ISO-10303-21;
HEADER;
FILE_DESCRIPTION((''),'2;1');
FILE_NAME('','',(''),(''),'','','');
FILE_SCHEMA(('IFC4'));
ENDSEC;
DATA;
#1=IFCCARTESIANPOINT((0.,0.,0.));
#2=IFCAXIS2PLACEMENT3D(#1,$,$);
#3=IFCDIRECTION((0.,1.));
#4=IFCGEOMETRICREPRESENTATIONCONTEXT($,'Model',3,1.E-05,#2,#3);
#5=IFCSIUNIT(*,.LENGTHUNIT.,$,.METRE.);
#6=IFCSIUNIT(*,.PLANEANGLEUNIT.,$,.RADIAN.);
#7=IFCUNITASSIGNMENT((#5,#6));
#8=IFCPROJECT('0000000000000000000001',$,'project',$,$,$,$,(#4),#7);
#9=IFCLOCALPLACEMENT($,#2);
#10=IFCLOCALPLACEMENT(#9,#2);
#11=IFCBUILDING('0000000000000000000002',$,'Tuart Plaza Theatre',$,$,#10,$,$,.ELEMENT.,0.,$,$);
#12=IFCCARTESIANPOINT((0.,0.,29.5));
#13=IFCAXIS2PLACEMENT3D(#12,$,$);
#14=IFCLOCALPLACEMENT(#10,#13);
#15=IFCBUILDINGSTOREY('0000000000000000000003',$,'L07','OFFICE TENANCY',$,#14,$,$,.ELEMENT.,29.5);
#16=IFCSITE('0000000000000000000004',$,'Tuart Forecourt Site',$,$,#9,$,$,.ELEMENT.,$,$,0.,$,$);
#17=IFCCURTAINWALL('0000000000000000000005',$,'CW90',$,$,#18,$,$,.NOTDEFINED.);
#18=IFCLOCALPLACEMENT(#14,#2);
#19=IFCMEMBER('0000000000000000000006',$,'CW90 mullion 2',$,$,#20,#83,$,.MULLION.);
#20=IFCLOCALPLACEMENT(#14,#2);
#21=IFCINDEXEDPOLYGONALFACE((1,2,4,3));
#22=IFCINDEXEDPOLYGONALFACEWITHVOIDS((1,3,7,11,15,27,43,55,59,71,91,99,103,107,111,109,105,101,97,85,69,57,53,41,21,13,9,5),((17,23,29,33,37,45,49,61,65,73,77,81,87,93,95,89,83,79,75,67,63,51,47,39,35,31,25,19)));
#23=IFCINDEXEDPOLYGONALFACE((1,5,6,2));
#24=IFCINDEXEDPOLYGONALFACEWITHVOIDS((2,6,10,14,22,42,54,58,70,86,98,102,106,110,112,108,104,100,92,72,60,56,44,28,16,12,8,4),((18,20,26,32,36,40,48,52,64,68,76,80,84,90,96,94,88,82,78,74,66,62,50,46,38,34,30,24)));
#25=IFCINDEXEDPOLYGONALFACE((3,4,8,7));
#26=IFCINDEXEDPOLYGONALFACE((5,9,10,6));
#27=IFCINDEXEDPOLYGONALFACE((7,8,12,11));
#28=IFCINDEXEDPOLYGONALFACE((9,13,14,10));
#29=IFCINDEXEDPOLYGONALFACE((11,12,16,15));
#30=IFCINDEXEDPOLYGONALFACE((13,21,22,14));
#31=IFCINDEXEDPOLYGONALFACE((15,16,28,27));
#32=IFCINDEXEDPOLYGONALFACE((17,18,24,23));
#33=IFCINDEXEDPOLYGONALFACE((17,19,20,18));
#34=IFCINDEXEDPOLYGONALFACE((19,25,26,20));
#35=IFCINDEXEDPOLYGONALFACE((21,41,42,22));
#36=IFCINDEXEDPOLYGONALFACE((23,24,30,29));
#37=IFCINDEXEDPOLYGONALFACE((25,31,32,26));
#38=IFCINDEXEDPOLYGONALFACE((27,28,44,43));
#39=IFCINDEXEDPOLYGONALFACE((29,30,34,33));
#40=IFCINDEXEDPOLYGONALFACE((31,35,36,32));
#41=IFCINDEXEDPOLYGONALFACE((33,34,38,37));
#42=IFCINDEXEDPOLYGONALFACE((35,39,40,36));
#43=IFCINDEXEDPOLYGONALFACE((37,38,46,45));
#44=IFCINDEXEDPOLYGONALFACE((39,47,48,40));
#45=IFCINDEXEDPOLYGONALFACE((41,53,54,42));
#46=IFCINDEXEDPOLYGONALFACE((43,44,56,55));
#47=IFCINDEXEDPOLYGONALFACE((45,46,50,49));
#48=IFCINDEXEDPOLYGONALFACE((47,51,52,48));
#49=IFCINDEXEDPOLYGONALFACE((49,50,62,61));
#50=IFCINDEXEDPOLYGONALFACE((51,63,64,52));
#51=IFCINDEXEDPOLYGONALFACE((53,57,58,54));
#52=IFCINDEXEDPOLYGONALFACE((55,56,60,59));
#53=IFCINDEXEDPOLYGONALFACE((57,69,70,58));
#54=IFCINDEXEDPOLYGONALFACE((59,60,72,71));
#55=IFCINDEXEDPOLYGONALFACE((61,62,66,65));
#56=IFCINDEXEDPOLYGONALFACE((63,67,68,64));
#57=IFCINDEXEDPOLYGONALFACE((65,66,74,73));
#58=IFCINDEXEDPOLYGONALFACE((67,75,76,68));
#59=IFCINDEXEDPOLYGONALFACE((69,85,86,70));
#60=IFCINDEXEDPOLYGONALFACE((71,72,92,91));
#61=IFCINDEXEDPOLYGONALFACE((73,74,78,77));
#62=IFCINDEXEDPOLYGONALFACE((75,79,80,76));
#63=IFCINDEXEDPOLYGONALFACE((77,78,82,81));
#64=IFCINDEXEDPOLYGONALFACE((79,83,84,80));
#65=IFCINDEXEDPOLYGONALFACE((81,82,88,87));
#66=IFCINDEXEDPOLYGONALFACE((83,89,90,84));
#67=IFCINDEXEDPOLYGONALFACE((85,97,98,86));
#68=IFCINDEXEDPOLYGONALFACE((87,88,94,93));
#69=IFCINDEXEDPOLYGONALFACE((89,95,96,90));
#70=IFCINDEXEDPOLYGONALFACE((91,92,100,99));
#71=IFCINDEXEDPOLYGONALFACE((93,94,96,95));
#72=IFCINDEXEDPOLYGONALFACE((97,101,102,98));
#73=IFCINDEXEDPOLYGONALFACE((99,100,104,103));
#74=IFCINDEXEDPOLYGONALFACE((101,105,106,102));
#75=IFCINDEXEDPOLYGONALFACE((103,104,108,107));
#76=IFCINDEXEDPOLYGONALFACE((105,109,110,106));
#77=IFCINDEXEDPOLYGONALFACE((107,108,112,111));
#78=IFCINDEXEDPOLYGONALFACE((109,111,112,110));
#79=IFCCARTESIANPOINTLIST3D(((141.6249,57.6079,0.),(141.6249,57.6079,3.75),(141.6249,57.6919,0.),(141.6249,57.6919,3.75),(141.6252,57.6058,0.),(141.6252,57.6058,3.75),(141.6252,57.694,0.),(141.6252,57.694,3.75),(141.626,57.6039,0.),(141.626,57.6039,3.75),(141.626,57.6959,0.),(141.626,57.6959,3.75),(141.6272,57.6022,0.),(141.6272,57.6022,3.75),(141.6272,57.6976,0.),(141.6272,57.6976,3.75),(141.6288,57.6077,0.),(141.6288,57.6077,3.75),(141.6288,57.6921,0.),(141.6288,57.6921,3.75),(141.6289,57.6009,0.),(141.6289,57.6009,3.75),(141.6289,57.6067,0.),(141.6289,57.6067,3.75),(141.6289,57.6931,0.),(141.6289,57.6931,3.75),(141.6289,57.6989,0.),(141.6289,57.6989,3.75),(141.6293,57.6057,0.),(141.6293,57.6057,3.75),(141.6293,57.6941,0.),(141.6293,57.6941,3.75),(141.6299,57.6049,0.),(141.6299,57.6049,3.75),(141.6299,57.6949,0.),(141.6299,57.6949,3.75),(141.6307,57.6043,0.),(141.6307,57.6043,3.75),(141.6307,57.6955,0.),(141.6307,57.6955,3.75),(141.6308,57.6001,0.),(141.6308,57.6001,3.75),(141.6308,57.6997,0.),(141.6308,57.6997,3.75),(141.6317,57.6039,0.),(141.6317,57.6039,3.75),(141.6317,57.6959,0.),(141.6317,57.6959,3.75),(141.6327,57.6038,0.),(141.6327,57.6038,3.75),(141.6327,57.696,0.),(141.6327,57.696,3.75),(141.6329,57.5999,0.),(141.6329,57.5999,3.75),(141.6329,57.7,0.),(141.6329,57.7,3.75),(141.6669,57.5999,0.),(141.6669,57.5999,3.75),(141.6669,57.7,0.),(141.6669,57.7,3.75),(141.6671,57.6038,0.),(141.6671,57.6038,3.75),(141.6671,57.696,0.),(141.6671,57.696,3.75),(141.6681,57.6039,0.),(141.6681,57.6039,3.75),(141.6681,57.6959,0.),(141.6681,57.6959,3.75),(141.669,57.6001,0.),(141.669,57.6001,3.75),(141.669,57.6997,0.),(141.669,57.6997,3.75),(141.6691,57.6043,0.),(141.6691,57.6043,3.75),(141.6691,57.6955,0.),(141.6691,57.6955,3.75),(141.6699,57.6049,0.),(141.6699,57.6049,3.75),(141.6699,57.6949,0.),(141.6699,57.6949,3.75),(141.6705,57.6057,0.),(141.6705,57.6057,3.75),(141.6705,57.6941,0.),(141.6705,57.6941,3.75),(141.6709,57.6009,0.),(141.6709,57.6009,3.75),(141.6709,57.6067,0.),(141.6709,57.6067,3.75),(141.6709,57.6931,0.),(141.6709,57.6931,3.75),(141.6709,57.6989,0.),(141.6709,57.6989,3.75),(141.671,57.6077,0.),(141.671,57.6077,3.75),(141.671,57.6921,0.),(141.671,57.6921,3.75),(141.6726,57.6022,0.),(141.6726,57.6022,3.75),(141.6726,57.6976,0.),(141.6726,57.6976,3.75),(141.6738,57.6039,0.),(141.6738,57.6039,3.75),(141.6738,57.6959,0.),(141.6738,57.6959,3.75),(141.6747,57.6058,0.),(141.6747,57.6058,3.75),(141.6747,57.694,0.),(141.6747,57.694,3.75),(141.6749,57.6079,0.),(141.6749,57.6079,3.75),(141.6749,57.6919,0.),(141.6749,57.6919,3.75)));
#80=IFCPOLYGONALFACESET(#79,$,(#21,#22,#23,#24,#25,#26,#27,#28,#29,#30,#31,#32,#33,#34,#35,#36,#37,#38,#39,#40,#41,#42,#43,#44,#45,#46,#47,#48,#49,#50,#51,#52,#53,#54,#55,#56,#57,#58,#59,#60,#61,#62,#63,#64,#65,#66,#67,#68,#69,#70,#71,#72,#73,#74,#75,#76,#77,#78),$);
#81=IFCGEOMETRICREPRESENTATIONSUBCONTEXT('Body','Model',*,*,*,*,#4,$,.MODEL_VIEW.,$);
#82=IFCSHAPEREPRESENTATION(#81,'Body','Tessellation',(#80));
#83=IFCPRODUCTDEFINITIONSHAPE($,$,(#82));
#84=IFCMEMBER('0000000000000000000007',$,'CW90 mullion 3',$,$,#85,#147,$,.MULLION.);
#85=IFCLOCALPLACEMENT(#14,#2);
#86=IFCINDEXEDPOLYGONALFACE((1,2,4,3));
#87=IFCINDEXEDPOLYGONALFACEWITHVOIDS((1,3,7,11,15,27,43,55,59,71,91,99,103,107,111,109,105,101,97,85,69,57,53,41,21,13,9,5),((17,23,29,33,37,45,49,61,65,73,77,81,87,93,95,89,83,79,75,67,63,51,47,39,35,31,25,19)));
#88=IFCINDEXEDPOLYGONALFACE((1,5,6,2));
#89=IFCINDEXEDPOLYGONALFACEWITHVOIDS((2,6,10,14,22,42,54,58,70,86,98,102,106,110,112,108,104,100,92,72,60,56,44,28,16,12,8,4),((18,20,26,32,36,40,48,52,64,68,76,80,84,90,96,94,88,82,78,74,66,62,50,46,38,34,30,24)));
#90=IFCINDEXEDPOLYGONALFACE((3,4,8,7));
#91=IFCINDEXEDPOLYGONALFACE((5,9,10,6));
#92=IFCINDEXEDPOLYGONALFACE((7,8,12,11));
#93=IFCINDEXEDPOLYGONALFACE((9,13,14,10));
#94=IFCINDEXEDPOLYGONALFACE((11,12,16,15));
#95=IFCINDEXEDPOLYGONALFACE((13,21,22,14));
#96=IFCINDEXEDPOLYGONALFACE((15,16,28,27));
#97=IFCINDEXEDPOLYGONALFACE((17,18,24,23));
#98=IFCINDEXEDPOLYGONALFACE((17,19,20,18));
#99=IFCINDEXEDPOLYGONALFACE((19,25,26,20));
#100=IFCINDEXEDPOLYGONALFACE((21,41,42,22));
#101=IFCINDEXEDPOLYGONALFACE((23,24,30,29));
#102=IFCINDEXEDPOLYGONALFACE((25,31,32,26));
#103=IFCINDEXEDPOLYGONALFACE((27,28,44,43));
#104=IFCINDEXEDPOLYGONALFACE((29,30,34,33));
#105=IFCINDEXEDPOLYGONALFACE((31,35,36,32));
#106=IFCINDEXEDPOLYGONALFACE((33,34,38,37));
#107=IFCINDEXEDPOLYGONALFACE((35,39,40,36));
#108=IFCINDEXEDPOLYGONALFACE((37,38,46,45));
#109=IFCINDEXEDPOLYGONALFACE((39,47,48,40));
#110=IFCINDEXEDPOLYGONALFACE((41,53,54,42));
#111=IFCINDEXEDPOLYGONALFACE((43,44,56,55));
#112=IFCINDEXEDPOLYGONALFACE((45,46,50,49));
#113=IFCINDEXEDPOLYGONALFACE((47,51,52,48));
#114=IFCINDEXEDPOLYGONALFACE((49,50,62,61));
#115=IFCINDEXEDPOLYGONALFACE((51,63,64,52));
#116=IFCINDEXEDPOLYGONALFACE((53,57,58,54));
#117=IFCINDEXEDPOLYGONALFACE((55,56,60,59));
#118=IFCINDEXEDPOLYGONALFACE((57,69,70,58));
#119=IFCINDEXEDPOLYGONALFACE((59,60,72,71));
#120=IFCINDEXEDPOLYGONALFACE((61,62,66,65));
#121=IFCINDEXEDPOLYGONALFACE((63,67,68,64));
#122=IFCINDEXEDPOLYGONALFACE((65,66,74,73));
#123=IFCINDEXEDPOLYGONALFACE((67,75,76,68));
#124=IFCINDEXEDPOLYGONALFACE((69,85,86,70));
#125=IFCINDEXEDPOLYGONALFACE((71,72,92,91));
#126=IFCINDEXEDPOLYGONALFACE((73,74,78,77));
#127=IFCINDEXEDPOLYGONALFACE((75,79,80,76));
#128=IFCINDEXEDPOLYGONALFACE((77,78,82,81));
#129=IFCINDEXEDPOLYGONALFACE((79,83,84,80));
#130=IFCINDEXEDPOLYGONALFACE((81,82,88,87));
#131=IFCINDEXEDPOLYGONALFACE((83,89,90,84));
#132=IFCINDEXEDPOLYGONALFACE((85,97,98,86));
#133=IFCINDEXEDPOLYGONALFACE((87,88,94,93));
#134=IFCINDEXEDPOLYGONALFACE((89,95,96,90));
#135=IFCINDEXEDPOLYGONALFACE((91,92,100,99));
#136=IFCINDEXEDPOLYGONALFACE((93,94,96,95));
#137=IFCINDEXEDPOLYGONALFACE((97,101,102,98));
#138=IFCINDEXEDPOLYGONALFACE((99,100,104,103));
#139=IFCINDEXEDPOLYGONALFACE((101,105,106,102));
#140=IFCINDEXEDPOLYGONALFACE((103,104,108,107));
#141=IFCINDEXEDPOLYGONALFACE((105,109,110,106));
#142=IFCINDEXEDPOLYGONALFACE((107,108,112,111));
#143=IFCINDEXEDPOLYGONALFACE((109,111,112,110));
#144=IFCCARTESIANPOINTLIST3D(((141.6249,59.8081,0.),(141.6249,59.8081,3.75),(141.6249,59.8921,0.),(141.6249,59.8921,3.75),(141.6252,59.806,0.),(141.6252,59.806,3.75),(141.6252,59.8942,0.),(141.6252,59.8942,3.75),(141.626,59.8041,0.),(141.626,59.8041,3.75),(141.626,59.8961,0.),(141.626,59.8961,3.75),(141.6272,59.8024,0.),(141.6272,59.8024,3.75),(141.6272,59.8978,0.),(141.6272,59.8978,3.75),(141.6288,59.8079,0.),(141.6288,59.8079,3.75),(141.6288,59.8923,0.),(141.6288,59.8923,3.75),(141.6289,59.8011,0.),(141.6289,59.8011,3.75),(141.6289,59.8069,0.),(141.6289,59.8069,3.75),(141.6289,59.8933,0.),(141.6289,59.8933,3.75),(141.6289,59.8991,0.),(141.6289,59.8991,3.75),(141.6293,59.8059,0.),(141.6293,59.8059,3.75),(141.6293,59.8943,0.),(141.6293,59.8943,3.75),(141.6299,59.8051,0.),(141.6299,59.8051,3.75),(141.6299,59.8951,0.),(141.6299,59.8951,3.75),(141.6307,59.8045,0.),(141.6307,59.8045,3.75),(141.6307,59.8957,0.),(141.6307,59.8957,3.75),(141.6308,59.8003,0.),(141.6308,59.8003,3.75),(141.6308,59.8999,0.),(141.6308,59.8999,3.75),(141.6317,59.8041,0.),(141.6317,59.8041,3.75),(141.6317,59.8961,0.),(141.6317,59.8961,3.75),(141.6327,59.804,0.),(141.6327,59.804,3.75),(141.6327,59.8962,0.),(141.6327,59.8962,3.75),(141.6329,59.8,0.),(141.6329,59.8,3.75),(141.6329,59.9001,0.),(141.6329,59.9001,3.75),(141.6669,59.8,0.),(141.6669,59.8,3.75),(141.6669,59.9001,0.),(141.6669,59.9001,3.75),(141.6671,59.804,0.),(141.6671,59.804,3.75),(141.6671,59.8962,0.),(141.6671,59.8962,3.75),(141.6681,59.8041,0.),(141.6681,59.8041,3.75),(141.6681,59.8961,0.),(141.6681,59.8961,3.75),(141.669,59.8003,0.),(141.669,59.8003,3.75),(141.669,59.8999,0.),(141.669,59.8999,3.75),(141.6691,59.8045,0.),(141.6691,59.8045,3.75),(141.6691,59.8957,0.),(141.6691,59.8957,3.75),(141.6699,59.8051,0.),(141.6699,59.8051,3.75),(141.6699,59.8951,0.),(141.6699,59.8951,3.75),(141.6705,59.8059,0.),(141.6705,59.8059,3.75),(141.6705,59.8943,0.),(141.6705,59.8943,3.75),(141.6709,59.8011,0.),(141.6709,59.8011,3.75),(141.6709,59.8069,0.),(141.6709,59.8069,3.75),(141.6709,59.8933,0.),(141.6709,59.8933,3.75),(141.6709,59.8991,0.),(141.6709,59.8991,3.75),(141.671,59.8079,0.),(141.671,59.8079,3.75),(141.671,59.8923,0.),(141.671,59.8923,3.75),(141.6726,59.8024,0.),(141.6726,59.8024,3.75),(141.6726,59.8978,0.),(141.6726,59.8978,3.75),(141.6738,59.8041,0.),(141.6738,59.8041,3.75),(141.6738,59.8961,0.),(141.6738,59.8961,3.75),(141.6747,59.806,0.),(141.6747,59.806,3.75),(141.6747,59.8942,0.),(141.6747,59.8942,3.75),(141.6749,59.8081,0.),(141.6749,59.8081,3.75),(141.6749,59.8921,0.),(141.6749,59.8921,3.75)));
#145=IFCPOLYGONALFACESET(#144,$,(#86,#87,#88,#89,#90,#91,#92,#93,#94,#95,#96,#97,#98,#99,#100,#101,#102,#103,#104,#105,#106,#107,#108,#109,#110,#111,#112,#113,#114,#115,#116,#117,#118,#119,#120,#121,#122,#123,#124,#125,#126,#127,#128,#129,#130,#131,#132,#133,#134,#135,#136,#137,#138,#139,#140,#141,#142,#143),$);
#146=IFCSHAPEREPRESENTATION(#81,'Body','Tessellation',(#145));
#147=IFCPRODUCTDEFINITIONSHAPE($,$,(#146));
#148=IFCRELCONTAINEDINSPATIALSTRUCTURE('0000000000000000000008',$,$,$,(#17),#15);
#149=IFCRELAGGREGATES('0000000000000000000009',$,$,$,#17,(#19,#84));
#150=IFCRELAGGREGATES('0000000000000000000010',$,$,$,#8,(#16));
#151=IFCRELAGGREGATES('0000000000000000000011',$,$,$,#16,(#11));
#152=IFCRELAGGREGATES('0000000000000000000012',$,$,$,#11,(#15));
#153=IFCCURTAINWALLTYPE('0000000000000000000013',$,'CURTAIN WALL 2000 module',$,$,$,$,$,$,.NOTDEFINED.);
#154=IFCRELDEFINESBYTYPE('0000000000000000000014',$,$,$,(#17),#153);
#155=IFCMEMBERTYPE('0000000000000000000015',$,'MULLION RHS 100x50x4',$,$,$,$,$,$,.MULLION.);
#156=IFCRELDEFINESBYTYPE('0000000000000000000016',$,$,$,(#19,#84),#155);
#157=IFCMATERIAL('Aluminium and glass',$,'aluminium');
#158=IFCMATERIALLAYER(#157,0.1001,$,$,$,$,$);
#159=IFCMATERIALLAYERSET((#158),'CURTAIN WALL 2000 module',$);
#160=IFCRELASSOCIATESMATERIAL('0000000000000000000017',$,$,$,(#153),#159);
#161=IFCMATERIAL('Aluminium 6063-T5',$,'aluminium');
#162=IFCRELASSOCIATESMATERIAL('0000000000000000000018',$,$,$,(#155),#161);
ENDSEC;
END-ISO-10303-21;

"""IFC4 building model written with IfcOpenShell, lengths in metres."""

from ifc_helpers import new_model, si_unit, direction, frame, origin, origin_2d, place, context, subcontext, project, spatial, hollow_rectangle, extrude, material, layer, layer_set, material_profile, profile_set, type_object, element, aggregate, save


model = new_model("IFC4")

# Units and contexts
model_context = context("Model", 3, precision=1e-05, world=origin(), true_north=direction((0.0, 1.0)))
body_context = subcontext(model_context, "Body", "Model", "MODEL_VIEW")
ifc_project = project(units=[si_unit("LENGTHUNIT", "METRE"), si_unit("PLANEANGLEUNIT", "RADIAN")], contexts=[model_context])

# Site, building, storey
site_placement = place(None, origin())
site = spatial("IfcSite", under=ifc_project, at=site_placement, Name="Tuart Forecourt Site", CompositionType="ELEMENT", RefElevation=0.0)
building_placement = place(site_placement, origin())
building = spatial("IfcBuilding", under=site, at=building_placement, Name="Tuart Plaza Theatre", CompositionType="ELEMENT", ElevationOfRefHeight=0.0)
storey_placement = place(building_placement, frame((0.0, 0.0, 29.5)))
storey = spatial("IfcBuildingStorey", under=building, at=storey_placement, Name="L07", Description="OFFICE TENANCY", CompositionType="ELEMENT", Elevation=29.5)

# Shared definitions
ifc_material_1 = material(Name="Aluminium and glass", Category="aluminium")
ifc_layer_1 = layer(ifc_material_1, 0.1001)
ifc_layer_set_1 = layer_set([ifc_layer_1], Name="CURTAIN WALL 2000 module")
curtain_wall_type = type_object("IfcCurtainWallType", Name="CURTAIN WALL 2000 module", PredefinedType="NOTDEFINED", material=ifc_layer_set_1)
ifc_material_2 = material(Name="Aluminium 6063-T5", Category="aluminium")
ifc_material_profile_1 = material_profile(ifc_material_2, hollow_rectangle(XDim=0.05, YDim=0.1001, WallThickness=0.0039, InnerFilletRadius=0.0039, OuterFilletRadius=0.0081, at=origin_2d()), Name="RHS 100x50x4")
ifc_profile_set_1 = profile_set([ifc_material_profile_1], Name="Aluminium 6063-T5")
member_type_1 = type_object("IfcMemberType", Name="MULLION RHS 100x50x4", PredefinedType="MULLION", material=ifc_profile_set_1)

# Curtain wall, members
curtain_wall_1_placement = place(storey_placement, origin())
curtain_wall_1 = element("IfcCurtainWall", 1, at=curtain_wall_1_placement, inside=storey, type_object=curtain_wall_type, Name="CW90", PredefinedType="NOTDEFINED")
member_1_placement = place(storey_placement, frame((141.6499, 57.6499, 0.0), z_axis=(0.0, 0.0, 1.0), x_axis=(-1.0, 0.0, 0.0)))
member_1 = element("IfcMember", 2, at=member_1_placement, type_object=member_type_1, Name="CW90 mullion 2", PredefinedType="MULLION", context=body_context, shape_type="SweptSolid", body=[
    extrude(hollow_rectangle(XDim=0.05, YDim=0.1001, WallThickness=0.0039, InnerFilletRadius=0.0039, OuterFilletRadius=0.0081, at=origin_2d()), origin(), (0.0, 0.0, 1.0), 3.75),
])
member_2_placement = place(storey_placement, frame((141.6499, 59.8501, 0.0), z_axis=(0.0, 0.0, 1.0), x_axis=(-1.0, 0.0, 0.0)))
member_2 = element("IfcMember", 3, at=member_2_placement, type_object=member_type_1, Name="CW90 mullion 3", PredefinedType="MULLION", context=body_context, shape_type="SweptSolid", body=[
    extrude(hollow_rectangle(XDim=0.05, YDim=0.1001, WallThickness=0.0039, InnerFilletRadius=0.0039, OuterFilletRadius=0.0081, at=origin_2d()), origin(), (0.0, 0.0, 1.0), 3.75),
])

aggregate(curtain_wall_1, [member_1, member_2])

save(model, "model.ifc")
